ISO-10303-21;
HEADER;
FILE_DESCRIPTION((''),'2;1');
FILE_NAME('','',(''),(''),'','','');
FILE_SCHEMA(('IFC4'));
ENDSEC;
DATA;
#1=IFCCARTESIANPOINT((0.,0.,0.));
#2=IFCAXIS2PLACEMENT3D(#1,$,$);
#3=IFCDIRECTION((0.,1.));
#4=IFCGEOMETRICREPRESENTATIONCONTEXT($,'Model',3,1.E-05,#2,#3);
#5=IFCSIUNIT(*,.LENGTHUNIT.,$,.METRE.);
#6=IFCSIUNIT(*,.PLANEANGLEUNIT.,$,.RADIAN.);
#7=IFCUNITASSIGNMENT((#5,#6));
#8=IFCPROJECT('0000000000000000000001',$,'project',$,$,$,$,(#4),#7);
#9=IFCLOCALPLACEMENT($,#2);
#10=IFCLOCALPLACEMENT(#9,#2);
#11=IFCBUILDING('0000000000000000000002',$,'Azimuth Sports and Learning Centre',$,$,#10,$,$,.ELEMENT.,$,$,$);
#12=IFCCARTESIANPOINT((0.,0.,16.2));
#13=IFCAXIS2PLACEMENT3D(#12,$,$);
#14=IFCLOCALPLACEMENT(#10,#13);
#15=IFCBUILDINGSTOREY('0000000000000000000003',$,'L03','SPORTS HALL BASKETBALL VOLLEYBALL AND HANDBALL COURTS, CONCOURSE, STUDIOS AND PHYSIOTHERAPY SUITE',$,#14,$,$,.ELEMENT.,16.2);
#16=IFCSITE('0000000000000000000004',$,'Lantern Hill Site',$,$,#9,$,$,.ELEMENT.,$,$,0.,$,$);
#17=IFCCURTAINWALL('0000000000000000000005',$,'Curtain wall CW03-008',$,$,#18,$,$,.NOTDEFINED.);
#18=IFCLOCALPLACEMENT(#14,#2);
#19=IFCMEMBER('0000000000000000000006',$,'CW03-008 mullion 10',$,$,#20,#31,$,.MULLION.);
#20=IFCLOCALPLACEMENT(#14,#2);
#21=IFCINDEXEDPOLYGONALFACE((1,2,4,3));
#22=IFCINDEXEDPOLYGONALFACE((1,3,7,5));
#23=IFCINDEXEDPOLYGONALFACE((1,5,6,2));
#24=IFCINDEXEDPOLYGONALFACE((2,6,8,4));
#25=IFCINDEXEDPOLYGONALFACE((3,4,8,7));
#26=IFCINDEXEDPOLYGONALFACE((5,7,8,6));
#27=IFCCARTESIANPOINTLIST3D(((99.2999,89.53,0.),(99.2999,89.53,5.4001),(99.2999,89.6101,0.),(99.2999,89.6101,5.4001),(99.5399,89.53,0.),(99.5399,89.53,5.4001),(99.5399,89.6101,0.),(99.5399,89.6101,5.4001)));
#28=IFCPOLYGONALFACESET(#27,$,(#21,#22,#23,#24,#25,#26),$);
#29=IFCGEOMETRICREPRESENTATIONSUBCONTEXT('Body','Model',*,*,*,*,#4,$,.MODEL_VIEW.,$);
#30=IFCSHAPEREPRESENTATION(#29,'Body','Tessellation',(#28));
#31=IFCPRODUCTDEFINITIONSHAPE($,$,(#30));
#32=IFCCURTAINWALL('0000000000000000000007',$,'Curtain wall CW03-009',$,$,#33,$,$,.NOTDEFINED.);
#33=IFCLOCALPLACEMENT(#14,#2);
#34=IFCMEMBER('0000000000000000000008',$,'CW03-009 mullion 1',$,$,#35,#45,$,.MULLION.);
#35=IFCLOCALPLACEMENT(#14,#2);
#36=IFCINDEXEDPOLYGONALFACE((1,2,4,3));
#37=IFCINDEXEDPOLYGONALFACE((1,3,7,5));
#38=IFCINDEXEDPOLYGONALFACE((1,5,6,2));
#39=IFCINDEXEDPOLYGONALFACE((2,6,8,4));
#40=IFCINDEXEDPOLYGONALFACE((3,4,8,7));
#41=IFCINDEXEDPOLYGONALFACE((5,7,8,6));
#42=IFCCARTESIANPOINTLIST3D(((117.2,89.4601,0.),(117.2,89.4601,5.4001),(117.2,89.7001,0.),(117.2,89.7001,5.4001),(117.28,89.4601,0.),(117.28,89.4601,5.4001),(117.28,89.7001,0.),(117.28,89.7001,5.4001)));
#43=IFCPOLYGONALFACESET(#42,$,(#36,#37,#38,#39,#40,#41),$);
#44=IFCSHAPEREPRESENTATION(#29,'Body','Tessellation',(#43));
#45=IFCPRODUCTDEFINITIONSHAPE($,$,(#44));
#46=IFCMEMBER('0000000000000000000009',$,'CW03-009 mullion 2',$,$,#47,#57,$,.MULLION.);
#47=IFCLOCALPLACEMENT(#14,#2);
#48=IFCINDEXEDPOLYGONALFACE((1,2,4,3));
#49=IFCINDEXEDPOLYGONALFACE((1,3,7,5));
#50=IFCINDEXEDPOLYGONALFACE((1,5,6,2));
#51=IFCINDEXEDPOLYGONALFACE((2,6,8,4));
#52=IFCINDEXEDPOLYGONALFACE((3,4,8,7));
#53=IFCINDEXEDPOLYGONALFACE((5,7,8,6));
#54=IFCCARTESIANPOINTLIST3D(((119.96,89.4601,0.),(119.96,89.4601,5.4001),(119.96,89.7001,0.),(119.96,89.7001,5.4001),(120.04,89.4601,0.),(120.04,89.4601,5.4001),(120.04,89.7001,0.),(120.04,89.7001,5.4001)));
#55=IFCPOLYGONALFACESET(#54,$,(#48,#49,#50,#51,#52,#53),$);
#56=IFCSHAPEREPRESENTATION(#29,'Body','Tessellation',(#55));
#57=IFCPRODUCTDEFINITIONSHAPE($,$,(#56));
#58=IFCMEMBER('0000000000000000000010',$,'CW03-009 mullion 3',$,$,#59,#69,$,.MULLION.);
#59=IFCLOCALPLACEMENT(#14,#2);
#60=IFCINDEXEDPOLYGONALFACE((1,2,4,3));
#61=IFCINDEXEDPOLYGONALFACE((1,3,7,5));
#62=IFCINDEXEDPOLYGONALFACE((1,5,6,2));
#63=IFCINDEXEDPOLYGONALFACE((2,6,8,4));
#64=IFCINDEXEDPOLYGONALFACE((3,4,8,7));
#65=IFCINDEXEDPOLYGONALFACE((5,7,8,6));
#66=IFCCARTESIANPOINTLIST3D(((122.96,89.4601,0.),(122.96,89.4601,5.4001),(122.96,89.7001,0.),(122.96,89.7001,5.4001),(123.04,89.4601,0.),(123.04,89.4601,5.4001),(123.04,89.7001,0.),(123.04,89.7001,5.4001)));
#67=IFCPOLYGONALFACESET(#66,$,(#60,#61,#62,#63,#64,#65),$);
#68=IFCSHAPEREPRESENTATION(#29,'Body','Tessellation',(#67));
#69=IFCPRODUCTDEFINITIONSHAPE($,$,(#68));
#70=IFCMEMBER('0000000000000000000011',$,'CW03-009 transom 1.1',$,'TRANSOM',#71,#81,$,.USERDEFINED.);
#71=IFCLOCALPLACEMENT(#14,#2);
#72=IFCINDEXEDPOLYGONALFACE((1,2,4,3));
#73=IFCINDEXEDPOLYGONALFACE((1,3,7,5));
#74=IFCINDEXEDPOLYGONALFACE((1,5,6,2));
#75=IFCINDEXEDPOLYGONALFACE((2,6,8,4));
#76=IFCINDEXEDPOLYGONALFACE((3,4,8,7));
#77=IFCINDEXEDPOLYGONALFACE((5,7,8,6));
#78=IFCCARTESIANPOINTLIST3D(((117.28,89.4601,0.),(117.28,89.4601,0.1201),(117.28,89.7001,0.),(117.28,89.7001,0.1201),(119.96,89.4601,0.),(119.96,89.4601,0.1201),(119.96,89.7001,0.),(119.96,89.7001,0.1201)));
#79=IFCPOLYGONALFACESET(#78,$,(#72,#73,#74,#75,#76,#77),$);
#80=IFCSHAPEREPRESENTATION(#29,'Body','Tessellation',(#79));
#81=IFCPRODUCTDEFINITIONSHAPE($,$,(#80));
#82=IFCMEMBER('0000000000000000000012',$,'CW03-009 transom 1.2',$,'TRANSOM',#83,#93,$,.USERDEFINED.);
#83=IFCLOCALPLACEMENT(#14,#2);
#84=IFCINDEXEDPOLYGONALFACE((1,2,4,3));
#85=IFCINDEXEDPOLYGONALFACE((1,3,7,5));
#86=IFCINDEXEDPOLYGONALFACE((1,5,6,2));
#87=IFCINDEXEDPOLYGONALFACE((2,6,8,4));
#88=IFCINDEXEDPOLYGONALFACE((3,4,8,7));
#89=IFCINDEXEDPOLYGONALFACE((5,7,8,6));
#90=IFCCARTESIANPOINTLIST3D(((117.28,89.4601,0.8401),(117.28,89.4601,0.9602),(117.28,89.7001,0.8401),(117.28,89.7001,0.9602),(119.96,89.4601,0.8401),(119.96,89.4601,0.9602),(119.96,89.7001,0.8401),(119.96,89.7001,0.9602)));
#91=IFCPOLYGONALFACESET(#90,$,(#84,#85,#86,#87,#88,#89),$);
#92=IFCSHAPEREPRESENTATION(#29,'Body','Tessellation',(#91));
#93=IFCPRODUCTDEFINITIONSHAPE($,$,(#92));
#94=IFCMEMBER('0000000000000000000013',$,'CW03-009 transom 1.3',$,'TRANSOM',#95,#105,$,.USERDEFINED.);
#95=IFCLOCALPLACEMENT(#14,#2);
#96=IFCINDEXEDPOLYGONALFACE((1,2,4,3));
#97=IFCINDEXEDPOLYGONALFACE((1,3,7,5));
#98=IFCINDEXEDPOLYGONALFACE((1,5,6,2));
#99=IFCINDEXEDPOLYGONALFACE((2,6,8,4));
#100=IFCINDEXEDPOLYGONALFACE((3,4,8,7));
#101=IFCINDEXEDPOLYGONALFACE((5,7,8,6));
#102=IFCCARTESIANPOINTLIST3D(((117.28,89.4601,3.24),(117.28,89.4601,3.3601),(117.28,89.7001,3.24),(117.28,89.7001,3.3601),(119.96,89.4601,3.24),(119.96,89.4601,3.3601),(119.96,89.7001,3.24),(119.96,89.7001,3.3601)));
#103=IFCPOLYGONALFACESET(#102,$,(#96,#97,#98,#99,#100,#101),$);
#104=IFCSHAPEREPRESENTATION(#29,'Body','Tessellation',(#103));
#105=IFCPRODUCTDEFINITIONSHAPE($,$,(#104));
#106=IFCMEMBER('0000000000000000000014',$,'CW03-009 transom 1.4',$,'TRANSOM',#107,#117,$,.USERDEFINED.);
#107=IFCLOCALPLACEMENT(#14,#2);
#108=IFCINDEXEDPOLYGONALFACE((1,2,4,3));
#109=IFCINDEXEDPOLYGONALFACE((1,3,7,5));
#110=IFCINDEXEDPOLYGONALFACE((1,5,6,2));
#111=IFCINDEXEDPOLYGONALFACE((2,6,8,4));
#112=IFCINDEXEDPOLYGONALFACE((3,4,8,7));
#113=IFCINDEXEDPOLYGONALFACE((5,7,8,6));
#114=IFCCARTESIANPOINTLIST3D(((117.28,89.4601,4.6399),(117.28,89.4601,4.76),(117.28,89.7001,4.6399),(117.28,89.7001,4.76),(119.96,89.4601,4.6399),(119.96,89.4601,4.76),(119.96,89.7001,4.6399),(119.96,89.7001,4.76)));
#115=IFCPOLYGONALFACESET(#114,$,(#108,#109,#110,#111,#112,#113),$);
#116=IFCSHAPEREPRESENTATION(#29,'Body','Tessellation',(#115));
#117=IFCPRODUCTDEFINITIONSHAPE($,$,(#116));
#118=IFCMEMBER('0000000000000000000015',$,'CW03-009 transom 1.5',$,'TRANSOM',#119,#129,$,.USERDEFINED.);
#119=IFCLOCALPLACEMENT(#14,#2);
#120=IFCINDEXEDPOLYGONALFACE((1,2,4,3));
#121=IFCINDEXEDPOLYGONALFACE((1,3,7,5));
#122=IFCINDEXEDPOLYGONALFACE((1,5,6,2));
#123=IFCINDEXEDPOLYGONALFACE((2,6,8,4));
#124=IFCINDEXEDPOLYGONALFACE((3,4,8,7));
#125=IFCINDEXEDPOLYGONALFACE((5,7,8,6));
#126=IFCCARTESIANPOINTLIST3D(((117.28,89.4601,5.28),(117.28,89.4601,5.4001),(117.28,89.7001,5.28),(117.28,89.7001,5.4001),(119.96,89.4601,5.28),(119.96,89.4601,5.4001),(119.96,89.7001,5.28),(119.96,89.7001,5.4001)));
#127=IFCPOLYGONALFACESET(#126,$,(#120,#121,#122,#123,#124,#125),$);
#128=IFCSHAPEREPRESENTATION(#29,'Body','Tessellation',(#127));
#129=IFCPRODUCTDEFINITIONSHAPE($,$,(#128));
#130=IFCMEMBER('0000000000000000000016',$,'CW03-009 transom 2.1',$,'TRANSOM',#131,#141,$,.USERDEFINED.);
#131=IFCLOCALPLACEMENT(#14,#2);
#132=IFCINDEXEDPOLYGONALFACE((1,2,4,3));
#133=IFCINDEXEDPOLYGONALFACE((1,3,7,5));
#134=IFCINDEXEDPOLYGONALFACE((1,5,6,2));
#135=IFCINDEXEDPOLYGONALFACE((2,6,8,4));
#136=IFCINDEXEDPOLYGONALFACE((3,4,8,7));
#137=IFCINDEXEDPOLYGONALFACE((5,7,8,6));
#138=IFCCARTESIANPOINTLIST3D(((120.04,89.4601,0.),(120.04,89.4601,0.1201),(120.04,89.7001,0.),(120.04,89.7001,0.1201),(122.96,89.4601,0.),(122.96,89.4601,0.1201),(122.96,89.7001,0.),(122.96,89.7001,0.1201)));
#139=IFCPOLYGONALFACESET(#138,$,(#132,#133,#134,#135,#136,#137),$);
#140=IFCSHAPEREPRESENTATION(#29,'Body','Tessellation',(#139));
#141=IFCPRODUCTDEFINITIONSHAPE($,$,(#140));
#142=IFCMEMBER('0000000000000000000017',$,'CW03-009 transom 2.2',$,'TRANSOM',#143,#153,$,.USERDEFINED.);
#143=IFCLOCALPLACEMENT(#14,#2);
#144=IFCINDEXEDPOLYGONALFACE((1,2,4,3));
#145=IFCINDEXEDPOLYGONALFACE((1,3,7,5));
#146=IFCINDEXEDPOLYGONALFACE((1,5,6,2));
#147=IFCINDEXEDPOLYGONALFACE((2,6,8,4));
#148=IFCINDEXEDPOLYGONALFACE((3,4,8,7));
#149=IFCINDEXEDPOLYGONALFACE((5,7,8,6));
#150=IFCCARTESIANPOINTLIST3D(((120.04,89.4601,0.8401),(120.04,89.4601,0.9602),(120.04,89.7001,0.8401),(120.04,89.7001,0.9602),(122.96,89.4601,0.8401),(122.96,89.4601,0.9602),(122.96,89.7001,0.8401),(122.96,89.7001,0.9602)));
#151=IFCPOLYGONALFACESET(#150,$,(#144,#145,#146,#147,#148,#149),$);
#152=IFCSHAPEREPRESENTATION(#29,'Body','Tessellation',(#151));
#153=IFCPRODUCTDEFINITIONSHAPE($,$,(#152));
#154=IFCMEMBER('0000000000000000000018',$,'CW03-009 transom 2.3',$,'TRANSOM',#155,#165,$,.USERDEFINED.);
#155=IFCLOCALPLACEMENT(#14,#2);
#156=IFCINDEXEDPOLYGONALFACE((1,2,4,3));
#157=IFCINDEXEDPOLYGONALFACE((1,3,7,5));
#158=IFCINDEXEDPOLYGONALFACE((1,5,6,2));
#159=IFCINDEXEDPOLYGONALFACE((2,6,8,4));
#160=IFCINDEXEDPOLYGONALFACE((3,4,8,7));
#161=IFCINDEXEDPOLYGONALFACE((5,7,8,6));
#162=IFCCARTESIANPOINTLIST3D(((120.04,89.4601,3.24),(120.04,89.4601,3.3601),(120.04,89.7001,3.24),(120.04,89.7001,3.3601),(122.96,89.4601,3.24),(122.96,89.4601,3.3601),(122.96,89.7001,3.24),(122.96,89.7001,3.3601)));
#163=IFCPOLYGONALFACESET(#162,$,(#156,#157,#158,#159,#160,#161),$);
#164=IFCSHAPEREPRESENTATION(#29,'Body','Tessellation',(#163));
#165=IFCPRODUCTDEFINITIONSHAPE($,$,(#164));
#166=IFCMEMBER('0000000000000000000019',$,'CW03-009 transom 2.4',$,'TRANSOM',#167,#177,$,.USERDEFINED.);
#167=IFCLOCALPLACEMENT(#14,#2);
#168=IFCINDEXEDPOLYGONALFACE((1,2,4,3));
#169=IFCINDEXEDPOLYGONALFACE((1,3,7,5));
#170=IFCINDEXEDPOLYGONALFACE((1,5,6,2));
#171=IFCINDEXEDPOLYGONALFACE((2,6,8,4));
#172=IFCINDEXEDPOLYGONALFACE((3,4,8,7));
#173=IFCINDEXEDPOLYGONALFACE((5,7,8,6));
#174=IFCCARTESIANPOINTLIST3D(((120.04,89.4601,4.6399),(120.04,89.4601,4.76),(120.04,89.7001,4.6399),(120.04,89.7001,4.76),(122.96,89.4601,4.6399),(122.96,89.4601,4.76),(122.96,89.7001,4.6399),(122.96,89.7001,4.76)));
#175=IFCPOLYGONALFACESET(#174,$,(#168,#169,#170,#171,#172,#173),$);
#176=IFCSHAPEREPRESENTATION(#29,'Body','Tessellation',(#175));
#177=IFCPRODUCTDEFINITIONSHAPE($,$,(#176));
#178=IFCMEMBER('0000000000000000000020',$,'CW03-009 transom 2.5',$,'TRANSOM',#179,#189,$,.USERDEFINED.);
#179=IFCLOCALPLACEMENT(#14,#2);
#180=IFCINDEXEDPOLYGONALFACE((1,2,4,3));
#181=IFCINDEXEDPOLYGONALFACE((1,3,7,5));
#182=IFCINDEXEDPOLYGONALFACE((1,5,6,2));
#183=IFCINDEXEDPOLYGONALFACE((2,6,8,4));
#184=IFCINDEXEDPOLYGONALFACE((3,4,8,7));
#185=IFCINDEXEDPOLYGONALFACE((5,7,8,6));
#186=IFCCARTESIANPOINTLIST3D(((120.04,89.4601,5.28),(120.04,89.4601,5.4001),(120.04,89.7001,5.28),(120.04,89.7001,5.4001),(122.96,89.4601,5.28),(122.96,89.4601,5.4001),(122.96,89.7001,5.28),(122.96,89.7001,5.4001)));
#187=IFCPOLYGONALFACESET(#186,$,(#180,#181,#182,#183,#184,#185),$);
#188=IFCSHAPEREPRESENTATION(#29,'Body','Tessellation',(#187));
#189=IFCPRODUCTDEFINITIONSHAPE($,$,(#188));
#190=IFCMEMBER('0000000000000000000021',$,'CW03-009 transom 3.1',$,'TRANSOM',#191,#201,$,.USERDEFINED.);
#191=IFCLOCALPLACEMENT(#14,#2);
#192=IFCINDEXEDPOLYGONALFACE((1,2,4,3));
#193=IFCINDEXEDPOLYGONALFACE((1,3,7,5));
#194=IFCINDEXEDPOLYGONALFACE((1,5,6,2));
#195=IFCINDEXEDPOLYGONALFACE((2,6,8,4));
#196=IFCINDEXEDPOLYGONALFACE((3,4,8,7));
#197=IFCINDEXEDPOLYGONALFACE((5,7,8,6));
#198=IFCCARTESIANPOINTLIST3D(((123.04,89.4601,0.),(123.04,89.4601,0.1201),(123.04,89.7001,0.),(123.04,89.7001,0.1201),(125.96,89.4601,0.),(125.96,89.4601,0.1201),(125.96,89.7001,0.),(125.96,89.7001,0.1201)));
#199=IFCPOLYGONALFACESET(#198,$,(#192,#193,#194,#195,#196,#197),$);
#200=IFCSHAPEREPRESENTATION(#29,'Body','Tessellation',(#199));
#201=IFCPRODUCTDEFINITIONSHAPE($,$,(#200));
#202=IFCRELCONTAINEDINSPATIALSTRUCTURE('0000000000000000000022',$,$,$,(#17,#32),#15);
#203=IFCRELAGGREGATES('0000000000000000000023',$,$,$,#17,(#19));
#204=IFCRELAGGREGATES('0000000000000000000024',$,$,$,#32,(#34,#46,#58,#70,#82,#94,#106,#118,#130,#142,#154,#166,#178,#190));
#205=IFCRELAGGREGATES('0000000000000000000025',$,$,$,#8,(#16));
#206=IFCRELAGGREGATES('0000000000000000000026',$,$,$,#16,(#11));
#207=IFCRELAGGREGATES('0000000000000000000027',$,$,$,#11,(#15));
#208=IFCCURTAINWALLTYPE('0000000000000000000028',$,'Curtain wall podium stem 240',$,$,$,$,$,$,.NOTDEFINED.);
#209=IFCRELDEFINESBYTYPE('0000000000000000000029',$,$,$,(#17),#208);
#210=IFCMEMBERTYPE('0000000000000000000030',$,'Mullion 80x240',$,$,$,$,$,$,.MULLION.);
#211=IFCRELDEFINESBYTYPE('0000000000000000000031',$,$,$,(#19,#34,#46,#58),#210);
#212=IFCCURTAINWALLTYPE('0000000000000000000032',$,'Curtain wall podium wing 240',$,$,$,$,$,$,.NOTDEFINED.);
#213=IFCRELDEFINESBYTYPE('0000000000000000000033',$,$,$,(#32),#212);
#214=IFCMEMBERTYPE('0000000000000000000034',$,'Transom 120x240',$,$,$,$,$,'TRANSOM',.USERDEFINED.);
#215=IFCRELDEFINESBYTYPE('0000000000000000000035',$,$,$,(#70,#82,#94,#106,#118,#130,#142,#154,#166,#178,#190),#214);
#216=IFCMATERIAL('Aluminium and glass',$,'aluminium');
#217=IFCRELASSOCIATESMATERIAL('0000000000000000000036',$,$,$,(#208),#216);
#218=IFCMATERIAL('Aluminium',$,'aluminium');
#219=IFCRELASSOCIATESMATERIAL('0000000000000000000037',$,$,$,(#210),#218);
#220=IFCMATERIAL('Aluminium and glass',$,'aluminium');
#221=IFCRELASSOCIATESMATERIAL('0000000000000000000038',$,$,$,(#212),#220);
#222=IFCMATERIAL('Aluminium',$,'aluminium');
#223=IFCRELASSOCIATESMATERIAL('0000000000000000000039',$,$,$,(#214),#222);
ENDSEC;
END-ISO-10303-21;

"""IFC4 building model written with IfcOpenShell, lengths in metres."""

from ifc_helpers import new_model, si_unit, direction, frame, origin, origin_2d, place, context, subcontext, project, spatial, rectangle, extrude, material, material_profile, profile_set, type_object, element, aggregate, save


model = new_model("IFC4")

# Units and contexts
model_context = context("Model", 3, precision=1e-05, world=origin(), true_north=direction((0.0, 1.0)))
body_context = subcontext(model_context, "Body", "Model", "MODEL_VIEW")
ifc_project = project(units=[si_unit("LENGTHUNIT", "METRE"), si_unit("PLANEANGLEUNIT", "RADIAN")], contexts=[model_context])

# Site, building, storey
site_placement = place(None, origin())
site = spatial("IfcSite", under=ifc_project, at=site_placement, Name="Lantern Hill Site", CompositionType="ELEMENT", RefElevation=0.0)
building_placement = place(site_placement, origin())
building = spatial("IfcBuilding", under=site, at=building_placement, Name="Azimuth Sports and Learning Centre", CompositionType="ELEMENT")
storey_placement = place(building_placement, frame((0.0, 0.0, 16.2)))
storey = spatial("IfcBuildingStorey", under=building, at=storey_placement, Name="L03", Description="SPORTS HALL BASKETBALL VOLLEYBALL AND HANDBALL COURTS, CONCOURSE, STUDIOS AND PHYSIOTHERAPY SUITE", CompositionType="ELEMENT", Elevation=16.2)

# Curtain wall, member
ifc_material_1 = material(Name="Aluminium and glass", Category="aluminium")
curtain_wall_type_1 = type_object("IfcCurtainWallType", Name="Curtain wall podium stem 240", PredefinedType="NOTDEFINED", material=ifc_material_1)
curtain_wall_1_placement = place(storey_placement, origin())
curtain_wall_1 = element("IfcCurtainWall", 1, at=curtain_wall_1_placement, inside=storey, type_object=curtain_wall_type_1, Name="Curtain wall CW03-008", PredefinedType="NOTDEFINED")
ifc_material_2 = material(Name="Aluminium", Category="aluminium")
ifc_material_profile_1 = material_profile(ifc_material_2, rectangle(XDim=0.24, YDim=0.0801, at=origin_2d()), Name="Mullion 80x240")
ifc_profile_set_1 = profile_set([ifc_material_profile_1], Name="Aluminium")
member_type_1 = type_object("IfcMemberType", Name="Mullion 80x240", PredefinedType="MULLION", material=ifc_profile_set_1)
member_1_placement = place(storey_placement, frame((99.4199, 89.5701, 0.0), z_axis=(0.0, 0.0, 1.0), x_axis=(-1.0, 0.0, 0.0)))
member_1 = element("IfcMember", 2, at=member_1_placement, type_object=member_type_1, Name="CW03-008 mullion 10", PredefinedType="MULLION", context=body_context, shape_type="SweptSolid", body=[
    extrude(rectangle(XDim=0.24, YDim=0.0801, at=origin_2d()), origin(), (0.0, 0.0, 1.0), 5.4001),
])

# Curtain wall, members
ifc_material_3 = material(Name="Aluminium and glass", Category="aluminium")
curtain_wall_type_2 = type_object("IfcCurtainWallType", Name="Curtain wall podium wing 240", PredefinedType="NOTDEFINED", material=ifc_material_3)
curtain_wall_2_placement = place(storey_placement, origin())
curtain_wall_2 = element("IfcCurtainWall", 3, at=curtain_wall_2_placement, inside=storey, type_object=curtain_wall_type_2, Name="Curtain wall CW03-009", PredefinedType="NOTDEFINED")
member_2_placement = place(storey_placement, frame((117.24, 89.5801, 0.0), z_axis=(0.0, 0.0, 1.0), x_axis=(0.0, 1.0, 0.0)))
member_2 = element("IfcMember", 4, at=member_2_placement, type_object=member_type_1, Name="CW03-009 mullion 1", PredefinedType="MULLION", context=body_context, shape_type="SweptSolid", body=[
    extrude(rectangle(XDim=0.24, YDim=0.0801, at=origin_2d()), origin(), (0.0, 0.0, 1.0), 5.4001),
])
member_3_placement = place(storey_placement, frame((120.0, 89.5801, 0.0), z_axis=(0.0, 0.0, 1.0), x_axis=(0.0, 1.0, 0.0)))
member_3 = element("IfcMember", 5, at=member_3_placement, type_object=member_type_1, Name="CW03-009 mullion 2", PredefinedType="MULLION", context=body_context, shape_type="SweptSolid", body=[
    extrude(rectangle(XDim=0.24, YDim=0.0801, at=origin_2d()), origin(), (0.0, 0.0, 1.0), 5.4001),
])
member_4_placement = place(storey_placement, frame((123.0, 89.5801, 0.0), z_axis=(0.0, 0.0, 1.0), x_axis=(0.0, 1.0, 0.0)))
member_4 = element("IfcMember", 6, at=member_4_placement, type_object=member_type_1, Name="CW03-009 mullion 3", PredefinedType="MULLION", context=body_context, shape_type="SweptSolid", body=[
    extrude(rectangle(XDim=0.24, YDim=0.0801, at=origin_2d()), origin(), (0.0, 0.0, 1.0), 5.4001),
])
ifc_material_4 = material(Name="Aluminium", Category="aluminium")
ifc_material_profile_2 = material_profile(ifc_material_4, rectangle(XDim=0.24, YDim=0.1201, at=origin_2d()), Name="Transom 120x240")
ifc_profile_set_2 = profile_set([ifc_material_profile_2], Name="Aluminium")
member_type_2 = type_object("IfcMemberType", Name="Transom 120x240", ElementType="TRANSOM", PredefinedType="USERDEFINED", material=ifc_profile_set_2)
member_5_placement = place(storey_placement, frame((117.28, 89.5801, 0.0601), z_axis=(1.0, 0.0, 0.0), x_axis=(0.0, 1.0, 0.0)))
member_5 = element("IfcMember", 7, at=member_5_placement, type_object=member_type_2, Name="CW03-009 transom 1.1", ObjectType="TRANSOM", PredefinedType="USERDEFINED", context=body_context, shape_type="SweptSolid", body=[
    extrude(rectangle(XDim=0.24, YDim=0.1201, at=origin_2d()), origin(), (0.0, 0.0, 1.0), 2.6799),
])
member_6_placement = place(storey_placement, frame((117.28, 89.5801, 0.9001), z_axis=(1.0, 0.0, 0.0), x_axis=(0.0, 1.0, 0.0)))
member_6 = element("IfcMember", 8, at=member_6_placement, type_object=member_type_2, Name="CW03-009 transom 1.2", ObjectType="TRANSOM", PredefinedType="USERDEFINED", context=body_context, shape_type="SweptSolid", body=[
    extrude(rectangle(XDim=0.24, YDim=0.1201, at=origin_2d()), origin(), (0.0, 0.0, 1.0), 2.6799),
])
member_7_placement = place(storey_placement, frame((117.28, 89.5801, 3.3), z_axis=(1.0, 0.0, 0.0), x_axis=(0.0, 1.0, 0.0)))
member_7 = element("IfcMember", 9, at=member_7_placement, type_object=member_type_2, Name="CW03-009 transom 1.3", ObjectType="TRANSOM", PredefinedType="USERDEFINED", context=body_context, shape_type="SweptSolid", body=[
    extrude(rectangle(XDim=0.24, YDim=0.1201, at=origin_2d()), origin(), (0.0, 0.0, 1.0), 2.6799),
])
member_8_placement = place(storey_placement, frame((117.28, 89.5801, 4.7), z_axis=(1.0, 0.0, 0.0), x_axis=(0.0, 1.0, 0.0)))
member_8 = element("IfcMember", 10, at=member_8_placement, type_object=member_type_2, Name="CW03-009 transom 1.4", ObjectType="TRANSOM", PredefinedType="USERDEFINED", context=body_context, shape_type="SweptSolid", body=[
    extrude(rectangle(XDim=0.24, YDim=0.1201, at=origin_2d()), origin(), (0.0, 0.0, 1.0), 2.6799),
])
member_9_placement = place(storey_placement, frame((117.28, 89.5801, 5.3401), z_axis=(1.0, 0.0, 0.0), x_axis=(0.0, 1.0, 0.0)))
member_9 = element("IfcMember", 11, at=member_9_placement, type_object=member_type_2, Name="CW03-009 transom 1.5", ObjectType="TRANSOM", PredefinedType="USERDEFINED", context=body_context, shape_type="SweptSolid", body=[
    extrude(rectangle(XDim=0.24, YDim=0.1201, at=origin_2d()), origin(), (0.0, 0.0, 1.0), 2.6799),
])
member_10_placement = place(storey_placement, frame((120.04, 89.5801, 0.0601), z_axis=(1.0, 0.0, 0.0), x_axis=(0.0, 1.0, 0.0)))
member_10 = element("IfcMember", 12, at=member_10_placement, type_object=member_type_2, Name="CW03-009 transom 2.1", ObjectType="TRANSOM", PredefinedType="USERDEFINED", context=body_context, shape_type="SweptSolid", body=[
    extrude(rectangle(XDim=0.24, YDim=0.1201, at=origin_2d()), origin(), (0.0, 0.0, 1.0), 2.9199),
])
member_11_placement = place(storey_placement, frame((120.04, 89.5801, 0.9001), z_axis=(1.0, 0.0, 0.0), x_axis=(0.0, 1.0, 0.0)))
member_11 = element("IfcMember", 13, at=member_11_placement, type_object=member_type_2, Name="CW03-009 transom 2.2", ObjectType="TRANSOM", PredefinedType="USERDEFINED", context=body_context, shape_type="SweptSolid", body=[
    extrude(rectangle(XDim=0.24, YDim=0.1201, at=origin_2d()), origin(), (0.0, 0.0, 1.0), 2.9199),
])
member_12_placement = place(storey_placement, frame((120.04, 89.5801, 3.3), z_axis=(1.0, 0.0, 0.0), x_axis=(0.0, 1.0, 0.0)))
member_12 = element("IfcMember", 14, at=member_12_placement, type_object=member_type_2, Name="CW03-009 transom 2.3", ObjectType="TRANSOM", PredefinedType="USERDEFINED", context=body_context, shape_type="SweptSolid", body=[
    extrude(rectangle(XDim=0.24, YDim=0.1201, at=origin_2d()), origin(), (0.0, 0.0, 1.0), 2.9199),
])
member_13_placement = place(storey_placement, frame((120.04, 89.5801, 4.7), z_axis=(1.0, 0.0, 0.0), x_axis=(0.0, 1.0, 0.0)))
member_13 = element("IfcMember", 15, at=member_13_placement, type_object=member_type_2, Name="CW03-009 transom 2.4", ObjectType="TRANSOM", PredefinedType="USERDEFINED", context=body_context, shape_type="SweptSolid", body=[
    extrude(rectangle(XDim=0.24, YDim=0.1201, at=origin_2d()), origin(), (0.0, 0.0, 1.0), 2.9199),
])
member_14_placement = place(storey_placement, frame((120.04, 89.5801, 5.3401), z_axis=(1.0, 0.0, 0.0), x_axis=(0.0, 1.0, 0.0)))
member_14 = element("IfcMember", 16, at=member_14_placement, type_object=member_type_2, Name="CW03-009 transom 2.5", ObjectType="TRANSOM", PredefinedType="USERDEFINED", context=body_context, shape_type="SweptSolid", body=[
    extrude(rectangle(XDim=0.24, YDim=0.1201, at=origin_2d()), origin(), (0.0, 0.0, 1.0), 2.9199),
])
member_15_placement = place(storey_placement, frame((123.04, 89.5801, 0.0601), z_axis=(1.0, 0.0, 0.0), x_axis=(0.0, 1.0, 0.0)))
member_15 = element("IfcMember", 17, at=member_15_placement, type_object=member_type_2, Name="CW03-009 transom 3.1", ObjectType="TRANSOM", PredefinedType="USERDEFINED", context=body_context, shape_type="SweptSolid", body=[
    extrude(rectangle(XDim=0.24, YDim=0.1201, at=origin_2d()), origin(), (0.0, 0.0, 1.0), 2.9199),
])

aggregate(curtain_wall_1, [member_1])
aggregate(curtain_wall_2, [member_2, member_3, member_4, member_5, member_6, member_7, member_8, member_9, member_10, member_11, member_12, member_13, member_14, member_15])

save(model, "model.ifc")
